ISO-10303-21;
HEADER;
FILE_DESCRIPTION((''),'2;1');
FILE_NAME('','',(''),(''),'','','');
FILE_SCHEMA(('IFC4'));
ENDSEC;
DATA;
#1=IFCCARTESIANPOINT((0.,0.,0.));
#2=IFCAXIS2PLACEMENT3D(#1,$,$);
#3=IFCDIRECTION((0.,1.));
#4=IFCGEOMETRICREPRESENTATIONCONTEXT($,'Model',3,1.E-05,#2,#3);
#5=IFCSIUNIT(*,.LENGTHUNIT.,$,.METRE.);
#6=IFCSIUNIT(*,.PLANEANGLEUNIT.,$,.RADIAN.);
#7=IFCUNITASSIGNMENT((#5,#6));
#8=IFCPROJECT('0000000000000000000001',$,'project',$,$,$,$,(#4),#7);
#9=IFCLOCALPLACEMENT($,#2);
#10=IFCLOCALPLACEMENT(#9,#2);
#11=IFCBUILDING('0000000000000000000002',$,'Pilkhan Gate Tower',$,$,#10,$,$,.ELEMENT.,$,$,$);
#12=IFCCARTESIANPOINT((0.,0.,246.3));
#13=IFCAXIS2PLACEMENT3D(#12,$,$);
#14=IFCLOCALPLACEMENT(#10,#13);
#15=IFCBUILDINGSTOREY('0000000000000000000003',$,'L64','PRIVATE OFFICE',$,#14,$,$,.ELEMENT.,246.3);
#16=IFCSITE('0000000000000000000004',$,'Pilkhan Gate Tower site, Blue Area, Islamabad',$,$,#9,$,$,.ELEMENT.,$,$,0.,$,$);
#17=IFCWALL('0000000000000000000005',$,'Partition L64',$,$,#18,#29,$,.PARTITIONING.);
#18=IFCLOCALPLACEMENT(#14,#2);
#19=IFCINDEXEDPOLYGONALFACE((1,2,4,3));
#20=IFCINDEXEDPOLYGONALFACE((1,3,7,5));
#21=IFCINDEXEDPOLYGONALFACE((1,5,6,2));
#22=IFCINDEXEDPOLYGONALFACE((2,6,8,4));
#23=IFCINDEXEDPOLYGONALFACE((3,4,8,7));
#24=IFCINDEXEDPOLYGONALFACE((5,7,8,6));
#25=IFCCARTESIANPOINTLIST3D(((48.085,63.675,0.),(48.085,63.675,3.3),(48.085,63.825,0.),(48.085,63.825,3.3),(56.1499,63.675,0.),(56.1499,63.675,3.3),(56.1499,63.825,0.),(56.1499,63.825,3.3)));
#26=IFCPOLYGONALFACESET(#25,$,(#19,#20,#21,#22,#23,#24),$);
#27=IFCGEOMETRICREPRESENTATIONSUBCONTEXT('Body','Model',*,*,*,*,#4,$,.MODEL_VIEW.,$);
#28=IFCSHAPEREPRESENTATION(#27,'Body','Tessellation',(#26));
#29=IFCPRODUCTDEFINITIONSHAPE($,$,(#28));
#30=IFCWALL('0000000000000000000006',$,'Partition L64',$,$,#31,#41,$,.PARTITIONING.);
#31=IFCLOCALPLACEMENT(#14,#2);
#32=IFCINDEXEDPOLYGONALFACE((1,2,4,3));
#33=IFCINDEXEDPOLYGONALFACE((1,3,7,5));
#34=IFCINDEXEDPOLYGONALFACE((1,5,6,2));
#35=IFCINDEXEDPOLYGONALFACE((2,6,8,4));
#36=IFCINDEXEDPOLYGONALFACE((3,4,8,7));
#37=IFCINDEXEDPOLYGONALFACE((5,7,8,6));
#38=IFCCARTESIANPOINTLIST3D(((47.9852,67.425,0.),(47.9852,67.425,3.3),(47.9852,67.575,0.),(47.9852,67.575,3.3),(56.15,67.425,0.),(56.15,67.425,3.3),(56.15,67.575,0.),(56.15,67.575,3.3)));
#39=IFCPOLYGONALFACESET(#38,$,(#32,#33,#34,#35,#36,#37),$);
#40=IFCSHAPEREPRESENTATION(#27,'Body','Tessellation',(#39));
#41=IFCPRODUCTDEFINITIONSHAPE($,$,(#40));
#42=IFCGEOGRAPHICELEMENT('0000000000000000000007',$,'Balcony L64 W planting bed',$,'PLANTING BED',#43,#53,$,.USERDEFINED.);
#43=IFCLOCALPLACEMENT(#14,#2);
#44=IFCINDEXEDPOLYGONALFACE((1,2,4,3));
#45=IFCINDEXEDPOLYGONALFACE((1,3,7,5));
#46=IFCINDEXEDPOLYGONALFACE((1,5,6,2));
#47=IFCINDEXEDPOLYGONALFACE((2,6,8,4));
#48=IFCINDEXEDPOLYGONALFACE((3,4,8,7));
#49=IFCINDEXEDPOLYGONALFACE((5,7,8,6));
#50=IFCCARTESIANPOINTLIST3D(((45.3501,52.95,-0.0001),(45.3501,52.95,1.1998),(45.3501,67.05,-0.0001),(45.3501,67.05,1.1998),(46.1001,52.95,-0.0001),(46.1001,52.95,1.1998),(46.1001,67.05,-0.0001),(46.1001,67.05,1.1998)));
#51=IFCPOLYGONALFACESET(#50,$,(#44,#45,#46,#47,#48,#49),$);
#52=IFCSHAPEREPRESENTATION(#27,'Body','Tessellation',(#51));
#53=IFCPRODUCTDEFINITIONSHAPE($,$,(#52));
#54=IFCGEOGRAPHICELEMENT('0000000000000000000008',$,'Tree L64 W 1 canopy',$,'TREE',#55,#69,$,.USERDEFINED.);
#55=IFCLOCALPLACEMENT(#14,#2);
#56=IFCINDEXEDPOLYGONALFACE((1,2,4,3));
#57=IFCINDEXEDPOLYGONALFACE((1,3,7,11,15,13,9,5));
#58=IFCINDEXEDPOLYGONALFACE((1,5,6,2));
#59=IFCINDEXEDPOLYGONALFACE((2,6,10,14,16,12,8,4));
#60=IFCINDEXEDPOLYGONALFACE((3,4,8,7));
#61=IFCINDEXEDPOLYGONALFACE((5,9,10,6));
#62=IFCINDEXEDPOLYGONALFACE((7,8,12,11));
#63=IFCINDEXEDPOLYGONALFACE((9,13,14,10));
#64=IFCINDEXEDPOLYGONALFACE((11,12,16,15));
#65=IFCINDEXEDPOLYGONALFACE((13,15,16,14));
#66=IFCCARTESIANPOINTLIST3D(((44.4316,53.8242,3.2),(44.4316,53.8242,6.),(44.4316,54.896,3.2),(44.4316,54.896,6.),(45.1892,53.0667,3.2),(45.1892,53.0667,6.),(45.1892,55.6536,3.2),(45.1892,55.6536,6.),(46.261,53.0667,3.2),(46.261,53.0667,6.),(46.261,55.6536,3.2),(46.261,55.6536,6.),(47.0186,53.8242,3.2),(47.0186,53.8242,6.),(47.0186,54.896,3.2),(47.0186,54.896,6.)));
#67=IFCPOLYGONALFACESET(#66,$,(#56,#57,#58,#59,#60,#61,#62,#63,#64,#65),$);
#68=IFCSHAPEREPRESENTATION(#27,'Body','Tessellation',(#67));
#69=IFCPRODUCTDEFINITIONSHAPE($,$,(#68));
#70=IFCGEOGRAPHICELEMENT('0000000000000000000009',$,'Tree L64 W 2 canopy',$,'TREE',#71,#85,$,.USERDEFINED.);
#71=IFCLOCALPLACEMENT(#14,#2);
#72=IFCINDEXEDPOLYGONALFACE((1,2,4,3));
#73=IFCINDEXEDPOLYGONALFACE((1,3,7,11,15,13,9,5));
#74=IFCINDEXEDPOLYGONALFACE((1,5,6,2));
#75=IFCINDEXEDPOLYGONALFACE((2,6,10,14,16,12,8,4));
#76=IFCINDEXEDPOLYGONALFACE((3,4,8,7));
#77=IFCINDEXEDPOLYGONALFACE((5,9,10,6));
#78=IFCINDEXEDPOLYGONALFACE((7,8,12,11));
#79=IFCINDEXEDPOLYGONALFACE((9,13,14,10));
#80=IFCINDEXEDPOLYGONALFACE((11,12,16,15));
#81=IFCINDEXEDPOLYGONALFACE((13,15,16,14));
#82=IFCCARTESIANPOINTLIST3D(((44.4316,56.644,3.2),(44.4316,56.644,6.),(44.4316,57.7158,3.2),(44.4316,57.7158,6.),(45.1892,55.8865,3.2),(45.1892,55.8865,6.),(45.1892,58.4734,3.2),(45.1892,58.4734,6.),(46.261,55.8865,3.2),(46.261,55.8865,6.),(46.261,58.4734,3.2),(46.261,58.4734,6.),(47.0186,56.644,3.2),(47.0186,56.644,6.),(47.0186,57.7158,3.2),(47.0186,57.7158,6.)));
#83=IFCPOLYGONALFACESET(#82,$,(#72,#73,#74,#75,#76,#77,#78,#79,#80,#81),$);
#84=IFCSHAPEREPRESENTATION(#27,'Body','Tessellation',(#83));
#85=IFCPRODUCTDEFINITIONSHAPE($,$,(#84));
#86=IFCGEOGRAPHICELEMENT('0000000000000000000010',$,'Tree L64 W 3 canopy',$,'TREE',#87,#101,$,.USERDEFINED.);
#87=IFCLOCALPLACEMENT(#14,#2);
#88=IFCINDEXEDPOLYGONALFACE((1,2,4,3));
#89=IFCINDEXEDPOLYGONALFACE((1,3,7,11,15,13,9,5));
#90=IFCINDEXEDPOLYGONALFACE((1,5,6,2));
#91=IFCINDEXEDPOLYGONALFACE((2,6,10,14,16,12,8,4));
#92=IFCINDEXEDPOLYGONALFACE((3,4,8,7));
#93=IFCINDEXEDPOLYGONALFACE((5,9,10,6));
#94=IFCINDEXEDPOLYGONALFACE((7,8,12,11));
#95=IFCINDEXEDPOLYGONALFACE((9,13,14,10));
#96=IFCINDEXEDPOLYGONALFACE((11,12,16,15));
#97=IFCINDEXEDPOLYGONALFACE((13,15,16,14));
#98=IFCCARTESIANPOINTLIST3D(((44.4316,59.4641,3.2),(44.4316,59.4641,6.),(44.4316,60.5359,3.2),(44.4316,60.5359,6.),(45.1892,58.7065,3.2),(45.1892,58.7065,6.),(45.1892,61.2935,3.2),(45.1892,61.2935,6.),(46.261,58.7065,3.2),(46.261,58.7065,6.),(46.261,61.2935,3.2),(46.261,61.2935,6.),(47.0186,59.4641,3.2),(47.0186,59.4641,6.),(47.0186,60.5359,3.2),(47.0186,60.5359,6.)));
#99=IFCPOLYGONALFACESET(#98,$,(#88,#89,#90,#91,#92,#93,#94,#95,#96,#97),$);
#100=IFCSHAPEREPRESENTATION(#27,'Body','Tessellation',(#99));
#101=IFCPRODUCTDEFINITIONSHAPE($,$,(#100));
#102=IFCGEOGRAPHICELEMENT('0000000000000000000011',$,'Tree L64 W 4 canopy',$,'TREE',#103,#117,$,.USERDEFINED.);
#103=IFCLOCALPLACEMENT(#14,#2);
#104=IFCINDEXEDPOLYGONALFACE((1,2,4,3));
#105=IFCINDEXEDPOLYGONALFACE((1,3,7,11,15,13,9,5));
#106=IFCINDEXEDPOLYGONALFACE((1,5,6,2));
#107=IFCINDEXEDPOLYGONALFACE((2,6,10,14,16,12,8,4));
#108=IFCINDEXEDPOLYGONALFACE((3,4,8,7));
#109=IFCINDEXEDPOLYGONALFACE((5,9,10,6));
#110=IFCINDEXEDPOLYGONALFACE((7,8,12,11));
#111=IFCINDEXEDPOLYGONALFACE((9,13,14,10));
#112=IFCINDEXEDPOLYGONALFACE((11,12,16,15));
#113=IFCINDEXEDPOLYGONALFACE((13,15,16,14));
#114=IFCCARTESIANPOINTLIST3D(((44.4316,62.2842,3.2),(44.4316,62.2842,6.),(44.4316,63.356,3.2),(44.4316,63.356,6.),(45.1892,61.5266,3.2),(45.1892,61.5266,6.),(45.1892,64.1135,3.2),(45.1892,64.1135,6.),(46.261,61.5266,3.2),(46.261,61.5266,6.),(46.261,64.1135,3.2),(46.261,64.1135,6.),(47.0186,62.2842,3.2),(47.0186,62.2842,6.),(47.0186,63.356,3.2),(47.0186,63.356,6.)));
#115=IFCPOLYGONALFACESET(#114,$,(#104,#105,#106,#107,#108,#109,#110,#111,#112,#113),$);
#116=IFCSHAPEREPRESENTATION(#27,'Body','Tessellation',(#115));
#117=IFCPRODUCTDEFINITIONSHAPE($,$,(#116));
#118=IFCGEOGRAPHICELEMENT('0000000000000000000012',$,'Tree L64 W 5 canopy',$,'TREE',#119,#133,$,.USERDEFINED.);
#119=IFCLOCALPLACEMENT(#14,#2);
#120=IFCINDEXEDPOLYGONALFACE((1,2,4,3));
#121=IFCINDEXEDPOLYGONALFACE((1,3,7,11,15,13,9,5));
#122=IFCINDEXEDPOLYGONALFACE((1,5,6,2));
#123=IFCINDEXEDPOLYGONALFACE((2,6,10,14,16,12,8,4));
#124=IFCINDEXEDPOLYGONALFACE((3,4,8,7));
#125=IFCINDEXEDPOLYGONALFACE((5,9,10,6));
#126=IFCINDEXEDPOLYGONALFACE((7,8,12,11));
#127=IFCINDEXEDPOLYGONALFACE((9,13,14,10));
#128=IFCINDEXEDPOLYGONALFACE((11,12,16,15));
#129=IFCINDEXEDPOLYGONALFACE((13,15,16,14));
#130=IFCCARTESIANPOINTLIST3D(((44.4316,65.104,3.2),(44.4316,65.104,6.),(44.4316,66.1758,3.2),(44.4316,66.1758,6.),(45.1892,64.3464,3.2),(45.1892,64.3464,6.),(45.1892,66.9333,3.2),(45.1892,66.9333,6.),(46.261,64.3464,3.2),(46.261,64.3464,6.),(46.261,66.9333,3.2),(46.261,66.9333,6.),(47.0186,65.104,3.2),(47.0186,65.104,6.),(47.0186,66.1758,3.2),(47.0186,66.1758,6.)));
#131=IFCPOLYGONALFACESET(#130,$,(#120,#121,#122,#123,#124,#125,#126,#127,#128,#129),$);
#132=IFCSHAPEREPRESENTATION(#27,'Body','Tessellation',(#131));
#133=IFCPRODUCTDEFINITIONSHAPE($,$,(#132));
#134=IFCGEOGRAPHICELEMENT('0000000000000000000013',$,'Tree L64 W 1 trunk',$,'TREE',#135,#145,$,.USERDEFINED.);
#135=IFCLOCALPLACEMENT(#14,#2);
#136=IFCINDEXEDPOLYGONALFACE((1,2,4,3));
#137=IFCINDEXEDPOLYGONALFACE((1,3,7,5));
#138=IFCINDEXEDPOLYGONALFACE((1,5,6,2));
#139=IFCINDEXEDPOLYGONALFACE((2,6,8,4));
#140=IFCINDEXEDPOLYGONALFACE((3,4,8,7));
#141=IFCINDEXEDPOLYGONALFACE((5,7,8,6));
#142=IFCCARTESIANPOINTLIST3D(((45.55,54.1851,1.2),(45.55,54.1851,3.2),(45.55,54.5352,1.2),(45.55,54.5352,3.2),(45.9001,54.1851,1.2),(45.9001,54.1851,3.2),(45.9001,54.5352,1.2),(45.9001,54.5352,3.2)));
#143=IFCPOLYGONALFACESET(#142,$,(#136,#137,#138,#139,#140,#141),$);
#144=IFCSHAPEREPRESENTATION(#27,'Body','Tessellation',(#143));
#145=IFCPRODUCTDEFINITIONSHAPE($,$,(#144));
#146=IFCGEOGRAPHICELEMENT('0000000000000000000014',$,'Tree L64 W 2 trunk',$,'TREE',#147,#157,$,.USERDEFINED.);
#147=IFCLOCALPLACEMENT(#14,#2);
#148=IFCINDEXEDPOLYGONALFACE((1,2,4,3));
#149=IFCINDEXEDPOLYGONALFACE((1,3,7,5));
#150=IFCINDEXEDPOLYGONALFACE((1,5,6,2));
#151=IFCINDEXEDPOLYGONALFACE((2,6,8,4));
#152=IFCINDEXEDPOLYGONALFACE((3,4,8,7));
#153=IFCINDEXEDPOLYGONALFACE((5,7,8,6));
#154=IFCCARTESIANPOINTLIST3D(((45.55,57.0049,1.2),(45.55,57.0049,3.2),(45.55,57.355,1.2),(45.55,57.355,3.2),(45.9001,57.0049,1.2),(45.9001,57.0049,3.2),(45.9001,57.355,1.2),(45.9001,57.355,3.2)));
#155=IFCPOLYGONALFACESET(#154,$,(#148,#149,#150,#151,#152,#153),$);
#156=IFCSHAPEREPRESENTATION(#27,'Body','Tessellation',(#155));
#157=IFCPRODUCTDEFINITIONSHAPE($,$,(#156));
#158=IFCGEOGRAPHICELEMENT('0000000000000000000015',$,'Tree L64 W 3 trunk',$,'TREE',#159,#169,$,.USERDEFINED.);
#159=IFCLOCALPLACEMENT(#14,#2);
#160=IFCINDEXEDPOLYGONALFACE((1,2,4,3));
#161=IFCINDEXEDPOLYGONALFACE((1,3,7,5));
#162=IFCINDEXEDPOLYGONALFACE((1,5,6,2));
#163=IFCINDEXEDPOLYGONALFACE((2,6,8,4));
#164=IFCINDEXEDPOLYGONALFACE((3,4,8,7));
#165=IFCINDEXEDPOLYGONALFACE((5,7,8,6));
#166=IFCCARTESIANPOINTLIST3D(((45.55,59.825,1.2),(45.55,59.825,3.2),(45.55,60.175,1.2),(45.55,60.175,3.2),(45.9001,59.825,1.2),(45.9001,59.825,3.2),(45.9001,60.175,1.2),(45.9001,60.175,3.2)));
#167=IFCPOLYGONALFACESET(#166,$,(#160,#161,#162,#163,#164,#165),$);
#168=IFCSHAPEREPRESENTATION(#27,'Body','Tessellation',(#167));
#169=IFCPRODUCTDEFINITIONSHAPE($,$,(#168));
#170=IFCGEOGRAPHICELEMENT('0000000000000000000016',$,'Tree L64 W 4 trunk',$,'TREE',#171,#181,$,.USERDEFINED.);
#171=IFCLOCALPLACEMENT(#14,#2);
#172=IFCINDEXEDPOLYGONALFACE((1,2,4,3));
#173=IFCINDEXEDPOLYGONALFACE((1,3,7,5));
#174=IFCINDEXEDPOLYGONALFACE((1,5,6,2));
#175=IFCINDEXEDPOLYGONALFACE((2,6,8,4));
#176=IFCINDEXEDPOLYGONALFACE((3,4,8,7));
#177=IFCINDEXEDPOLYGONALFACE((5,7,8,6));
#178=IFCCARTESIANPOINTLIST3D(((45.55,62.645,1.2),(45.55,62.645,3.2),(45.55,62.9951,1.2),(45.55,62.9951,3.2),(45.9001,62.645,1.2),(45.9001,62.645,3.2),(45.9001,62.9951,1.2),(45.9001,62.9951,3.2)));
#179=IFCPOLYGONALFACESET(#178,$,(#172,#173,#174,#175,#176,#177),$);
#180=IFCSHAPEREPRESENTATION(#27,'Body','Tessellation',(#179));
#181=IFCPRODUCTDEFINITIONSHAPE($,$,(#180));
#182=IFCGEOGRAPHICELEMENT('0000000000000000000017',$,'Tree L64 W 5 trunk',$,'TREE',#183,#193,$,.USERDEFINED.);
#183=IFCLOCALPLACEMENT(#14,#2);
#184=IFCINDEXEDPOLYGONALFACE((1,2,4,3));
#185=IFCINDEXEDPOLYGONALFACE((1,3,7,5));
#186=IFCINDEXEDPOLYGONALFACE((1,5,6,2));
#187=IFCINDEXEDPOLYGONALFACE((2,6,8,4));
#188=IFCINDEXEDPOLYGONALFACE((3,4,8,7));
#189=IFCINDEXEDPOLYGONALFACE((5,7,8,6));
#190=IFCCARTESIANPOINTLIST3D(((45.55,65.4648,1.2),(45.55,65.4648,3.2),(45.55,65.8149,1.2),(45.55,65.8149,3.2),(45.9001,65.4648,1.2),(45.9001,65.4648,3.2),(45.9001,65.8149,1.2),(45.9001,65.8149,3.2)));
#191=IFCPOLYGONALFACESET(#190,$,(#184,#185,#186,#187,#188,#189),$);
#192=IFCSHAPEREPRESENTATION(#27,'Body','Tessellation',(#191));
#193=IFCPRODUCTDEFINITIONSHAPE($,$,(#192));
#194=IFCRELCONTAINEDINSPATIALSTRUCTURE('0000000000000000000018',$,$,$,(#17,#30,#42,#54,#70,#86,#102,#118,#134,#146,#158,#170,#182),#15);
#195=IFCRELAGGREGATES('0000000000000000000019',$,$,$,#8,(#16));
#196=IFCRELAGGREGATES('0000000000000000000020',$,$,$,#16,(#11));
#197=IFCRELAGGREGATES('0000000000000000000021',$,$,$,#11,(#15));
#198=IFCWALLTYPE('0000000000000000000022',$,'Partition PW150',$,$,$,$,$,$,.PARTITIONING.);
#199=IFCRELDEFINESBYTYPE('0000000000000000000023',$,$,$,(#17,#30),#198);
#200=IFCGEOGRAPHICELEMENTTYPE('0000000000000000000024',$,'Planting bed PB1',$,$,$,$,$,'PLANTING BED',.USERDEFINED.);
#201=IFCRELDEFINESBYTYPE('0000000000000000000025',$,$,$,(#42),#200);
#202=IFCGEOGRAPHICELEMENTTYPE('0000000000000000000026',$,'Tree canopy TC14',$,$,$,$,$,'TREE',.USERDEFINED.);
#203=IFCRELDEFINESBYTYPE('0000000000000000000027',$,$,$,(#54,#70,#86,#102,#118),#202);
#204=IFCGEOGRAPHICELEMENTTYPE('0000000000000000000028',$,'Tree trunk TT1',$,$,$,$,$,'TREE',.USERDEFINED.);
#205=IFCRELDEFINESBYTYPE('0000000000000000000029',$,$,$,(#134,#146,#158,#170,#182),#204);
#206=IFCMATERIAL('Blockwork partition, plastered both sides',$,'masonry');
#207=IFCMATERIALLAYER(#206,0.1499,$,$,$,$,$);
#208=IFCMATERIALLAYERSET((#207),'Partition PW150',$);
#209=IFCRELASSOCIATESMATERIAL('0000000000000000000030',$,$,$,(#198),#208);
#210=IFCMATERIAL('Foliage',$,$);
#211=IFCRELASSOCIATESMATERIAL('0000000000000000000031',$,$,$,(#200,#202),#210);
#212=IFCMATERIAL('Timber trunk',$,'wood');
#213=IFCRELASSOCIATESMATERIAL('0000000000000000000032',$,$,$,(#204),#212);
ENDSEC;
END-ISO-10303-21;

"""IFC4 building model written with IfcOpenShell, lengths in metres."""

from ifc_helpers import new_model, si_unit, direction, frame, frame_2d, origin, origin_2d, place, context, subcontext, project, spatial, polyline, rectangle, outline, extrude, material, layer, layer_set, material_profile, profile_set, type_object, element, save


model = new_model("IFC4")

# Units and contexts
model_context = context("Model", 3, precision=1e-05, world=origin(), true_north=direction((0.0, 1.0)))
body_context = subcontext(model_context, "Body", "Model", "MODEL_VIEW")
ifc_project = project(units=[si_unit("LENGTHUNIT", "METRE"), si_unit("PLANEANGLEUNIT", "RADIAN")], contexts=[model_context])

# Site, building, storey
site_placement = place(None, origin())
site = spatial("IfcSite", under=ifc_project, at=site_placement, Name="Pilkhan Gate Tower site, Blue Area, Islamabad", CompositionType="ELEMENT", RefElevation=0.0)
building_placement = place(site_placement, origin())
building = spatial("IfcBuilding", under=site, at=building_placement, Name="Pilkhan Gate Tower", CompositionType="ELEMENT")
storey_placement = place(building_placement, frame((0.0, 0.0, 246.3)))
storey = spatial("IfcBuildingStorey", under=building, at=storey_placement, Name="L64", Description="PRIVATE OFFICE", CompositionType="ELEMENT", Elevation=246.3)

# Walls
ifc_material_1 = material(Name="Blockwork partition, plastered both sides", Category="masonry")
ifc_layer_1 = layer(ifc_material_1, 0.1499)
ifc_layer_set_1 = layer_set([ifc_layer_1], Name="Partition PW150")
wall_type_1 = type_object("IfcWallType", Name="Partition PW150", PredefinedType="PARTITIONING", material=ifc_layer_set_1)
for number, where, z_axis, x_axis, name in (
    (1, (48.085, 63.75, 0.0), (0.0, 0.0, 1.0), (1.0, 0.0, 0.0), "Partition L64"),
):
    element("IfcWall", number, at=place(storey_placement, frame(where, z_axis=z_axis, x_axis=x_axis)), inside=storey, type_object=wall_type_1, Name=name, PredefinedType="PARTITIONING", context=body_context, shape_type="SweptSolid", body=[
        extrude(rectangle(XDim=8.0649, YDim=0.1499, at=frame_2d((4.0325, 0.0))), origin(), (0.0, 0.0, 1.0), 3.3),
    ])
wall_1_placement = place(storey_placement, frame((47.9851, 67.5, 0.0), z_axis=(0.0, 0.0, 1.0), x_axis=(1.0, 0.0, 0.0)))
element("IfcWall", 2, at=wall_1_placement, inside=storey, type_object=wall_type_1, Name="Partition L64", PredefinedType="PARTITIONING", context=body_context, shape_type="SweptSolid", body=[
    extrude(rectangle(XDim=8.1648, YDim=0.1499, at=frame_2d((4.0825, 0.0))), origin(), (0.0, 0.0, 1.0), 3.3),
])

# Geographic elements
ifc_material_2 = material(Name="Foliage")
ifc_material_profile_1 = material_profile(ifc_material_2, rectangle(XDim=0.75, YDim=1.2, at=origin_2d()), Name="Bed 750x1200")
ifc_profile_set_1 = profile_set([ifc_material_profile_1], Name="Foliage")
geographic_element_type_1 = type_object("IfcGeographicElementType", Name="Planting bed PB1", ElementType="PLANTING BED", PredefinedType="USERDEFINED", material=ifc_profile_set_1)
geographic_element_placement = place(storey_placement, frame((45.7251, 52.95, 0.5999), z_axis=(0.0, 1.0, 0.0), x_axis=(-1.0, 0.0, 0.0)))
element("IfcGeographicElement", 3, at=geographic_element_placement, inside=storey, type_object=geographic_element_type_1, Name="Balcony L64 W planting bed", ObjectType="PLANTING BED", PredefinedType="USERDEFINED", context=body_context, shape_type="SweptSolid", body=[
    extrude(rectangle(XDim=0.75, YDim=1.2, at=origin_2d()), origin(), (0.0, 0.0, 1.0), 14.1001),
])
ifc_material_profile_2 = material_profile(ifc_material_2, outline(polyline([(1.2935, 0.5359), (0.5359, 1.2935), (-0.5359, 1.2935), (-1.2935, 0.5359), (-1.2935, -0.5359), (-0.5359, -1.2935), (0.5359, -1.2935), (1.2935, -0.5359), (1.2935, 0.5359)])), Name="Canopy D2.8")
ifc_profile_set_2 = profile_set([ifc_material_profile_2], Name="Foliage")
geographic_element_type_2 = type_object("IfcGeographicElementType", Name="Tree canopy TC14", ElementType="TREE", PredefinedType="USERDEFINED", material=ifc_profile_set_2)
for number, where, z_axis, x_axis, name in (
    (4, (45.7251, 54.3601, 3.2), (0.0, 0.0, 1.0), (1.0, 0.0, 0.0), "Tree L64 W 1 canopy"),
    (5, (45.7251, 57.1799, 3.2), (0.0, 0.0, 1.0), (1.0, 0.0, 0.0), "Tree L64 W 2 canopy"),
    (6, (45.7251, 60.0, 3.2), (0.0, 0.0, 1.0), (1.0, 0.0, 0.0), "Tree L64 W 3 canopy"),
    (7, (45.7251, 62.8201, 3.2), (0.0, 0.0, 1.0), (1.0, 0.0, 0.0), "Tree L64 W 4 canopy"),
    (8, (45.7251, 65.6399, 3.2), (0.0, 0.0, 1.0), (1.0, 0.0, 0.0), "Tree L64 W 5 canopy"),
):
    element("IfcGeographicElement", number, at=place(storey_placement, frame(where, z_axis=z_axis, x_axis=x_axis)), inside=storey, type_object=geographic_element_type_2, Name=name, ObjectType="TREE", PredefinedType="USERDEFINED", context=body_context, shape_type="SweptSolid", body=[
        extrude(outline(polyline([(1.2935, 0.5359), (0.5359, 1.2935), (-0.5359, 1.2935), (-1.2935, 0.5359), (-1.2935, -0.5359), (-0.5359, -1.2935), (0.5359, -1.2935), (1.2935, -0.5359), (1.2935, 0.5359)])), origin(), (0.0, 0.0, 1.0), 2.8),
    ])
ifc_material_3 = material(Name="Timber trunk", Category="wood")
geographic_element_type_3 = type_object("IfcGeographicElementType", Name="Tree trunk TT1", ElementType="TREE", PredefinedType="USERDEFINED", material=ifc_material_3)
for number, where, z_axis, x_axis, name in (
    (9, (45.7251, 54.3601, 1.2), (0.0, 0.0, 1.0), (1.0, 0.0, 0.0), "Tree L64 W 1 trunk"),
    (10, (45.7251, 57.1799, 1.2), (0.0, 0.0, 1.0), (1.0, 0.0, 0.0), "Tree L64 W 2 trunk"),
    (11, (45.7251, 60.0, 1.2), (0.0, 0.0, 1.0), (1.0, 0.0, 0.0), "Tree L64 W 3 trunk"),
    (12, (45.7251, 62.8201, 1.2), (0.0, 0.0, 1.0), (1.0, 0.0, 0.0), "Tree L64 W 4 trunk"),
    (13, (45.7251, 65.6399, 1.2), (0.0, 0.0, 1.0), (1.0, 0.0, 0.0), "Tree L64 W 5 trunk"),
):
    element("IfcGeographicElement", number, at=place(storey_placement, frame(where, z_axis=z_axis, x_axis=x_axis)), inside=storey, type_object=geographic_element_type_3, Name=name, ObjectType="TREE", PredefinedType="USERDEFINED", context=body_context, shape_type="SweptSolid", body=[
        extrude(rectangle(XDim=0.3501, YDim=0.3501, at=origin_2d()), origin(), (0.0, 0.0, 1.0), 2.0),
    ])

save(model, "model.ifc")
